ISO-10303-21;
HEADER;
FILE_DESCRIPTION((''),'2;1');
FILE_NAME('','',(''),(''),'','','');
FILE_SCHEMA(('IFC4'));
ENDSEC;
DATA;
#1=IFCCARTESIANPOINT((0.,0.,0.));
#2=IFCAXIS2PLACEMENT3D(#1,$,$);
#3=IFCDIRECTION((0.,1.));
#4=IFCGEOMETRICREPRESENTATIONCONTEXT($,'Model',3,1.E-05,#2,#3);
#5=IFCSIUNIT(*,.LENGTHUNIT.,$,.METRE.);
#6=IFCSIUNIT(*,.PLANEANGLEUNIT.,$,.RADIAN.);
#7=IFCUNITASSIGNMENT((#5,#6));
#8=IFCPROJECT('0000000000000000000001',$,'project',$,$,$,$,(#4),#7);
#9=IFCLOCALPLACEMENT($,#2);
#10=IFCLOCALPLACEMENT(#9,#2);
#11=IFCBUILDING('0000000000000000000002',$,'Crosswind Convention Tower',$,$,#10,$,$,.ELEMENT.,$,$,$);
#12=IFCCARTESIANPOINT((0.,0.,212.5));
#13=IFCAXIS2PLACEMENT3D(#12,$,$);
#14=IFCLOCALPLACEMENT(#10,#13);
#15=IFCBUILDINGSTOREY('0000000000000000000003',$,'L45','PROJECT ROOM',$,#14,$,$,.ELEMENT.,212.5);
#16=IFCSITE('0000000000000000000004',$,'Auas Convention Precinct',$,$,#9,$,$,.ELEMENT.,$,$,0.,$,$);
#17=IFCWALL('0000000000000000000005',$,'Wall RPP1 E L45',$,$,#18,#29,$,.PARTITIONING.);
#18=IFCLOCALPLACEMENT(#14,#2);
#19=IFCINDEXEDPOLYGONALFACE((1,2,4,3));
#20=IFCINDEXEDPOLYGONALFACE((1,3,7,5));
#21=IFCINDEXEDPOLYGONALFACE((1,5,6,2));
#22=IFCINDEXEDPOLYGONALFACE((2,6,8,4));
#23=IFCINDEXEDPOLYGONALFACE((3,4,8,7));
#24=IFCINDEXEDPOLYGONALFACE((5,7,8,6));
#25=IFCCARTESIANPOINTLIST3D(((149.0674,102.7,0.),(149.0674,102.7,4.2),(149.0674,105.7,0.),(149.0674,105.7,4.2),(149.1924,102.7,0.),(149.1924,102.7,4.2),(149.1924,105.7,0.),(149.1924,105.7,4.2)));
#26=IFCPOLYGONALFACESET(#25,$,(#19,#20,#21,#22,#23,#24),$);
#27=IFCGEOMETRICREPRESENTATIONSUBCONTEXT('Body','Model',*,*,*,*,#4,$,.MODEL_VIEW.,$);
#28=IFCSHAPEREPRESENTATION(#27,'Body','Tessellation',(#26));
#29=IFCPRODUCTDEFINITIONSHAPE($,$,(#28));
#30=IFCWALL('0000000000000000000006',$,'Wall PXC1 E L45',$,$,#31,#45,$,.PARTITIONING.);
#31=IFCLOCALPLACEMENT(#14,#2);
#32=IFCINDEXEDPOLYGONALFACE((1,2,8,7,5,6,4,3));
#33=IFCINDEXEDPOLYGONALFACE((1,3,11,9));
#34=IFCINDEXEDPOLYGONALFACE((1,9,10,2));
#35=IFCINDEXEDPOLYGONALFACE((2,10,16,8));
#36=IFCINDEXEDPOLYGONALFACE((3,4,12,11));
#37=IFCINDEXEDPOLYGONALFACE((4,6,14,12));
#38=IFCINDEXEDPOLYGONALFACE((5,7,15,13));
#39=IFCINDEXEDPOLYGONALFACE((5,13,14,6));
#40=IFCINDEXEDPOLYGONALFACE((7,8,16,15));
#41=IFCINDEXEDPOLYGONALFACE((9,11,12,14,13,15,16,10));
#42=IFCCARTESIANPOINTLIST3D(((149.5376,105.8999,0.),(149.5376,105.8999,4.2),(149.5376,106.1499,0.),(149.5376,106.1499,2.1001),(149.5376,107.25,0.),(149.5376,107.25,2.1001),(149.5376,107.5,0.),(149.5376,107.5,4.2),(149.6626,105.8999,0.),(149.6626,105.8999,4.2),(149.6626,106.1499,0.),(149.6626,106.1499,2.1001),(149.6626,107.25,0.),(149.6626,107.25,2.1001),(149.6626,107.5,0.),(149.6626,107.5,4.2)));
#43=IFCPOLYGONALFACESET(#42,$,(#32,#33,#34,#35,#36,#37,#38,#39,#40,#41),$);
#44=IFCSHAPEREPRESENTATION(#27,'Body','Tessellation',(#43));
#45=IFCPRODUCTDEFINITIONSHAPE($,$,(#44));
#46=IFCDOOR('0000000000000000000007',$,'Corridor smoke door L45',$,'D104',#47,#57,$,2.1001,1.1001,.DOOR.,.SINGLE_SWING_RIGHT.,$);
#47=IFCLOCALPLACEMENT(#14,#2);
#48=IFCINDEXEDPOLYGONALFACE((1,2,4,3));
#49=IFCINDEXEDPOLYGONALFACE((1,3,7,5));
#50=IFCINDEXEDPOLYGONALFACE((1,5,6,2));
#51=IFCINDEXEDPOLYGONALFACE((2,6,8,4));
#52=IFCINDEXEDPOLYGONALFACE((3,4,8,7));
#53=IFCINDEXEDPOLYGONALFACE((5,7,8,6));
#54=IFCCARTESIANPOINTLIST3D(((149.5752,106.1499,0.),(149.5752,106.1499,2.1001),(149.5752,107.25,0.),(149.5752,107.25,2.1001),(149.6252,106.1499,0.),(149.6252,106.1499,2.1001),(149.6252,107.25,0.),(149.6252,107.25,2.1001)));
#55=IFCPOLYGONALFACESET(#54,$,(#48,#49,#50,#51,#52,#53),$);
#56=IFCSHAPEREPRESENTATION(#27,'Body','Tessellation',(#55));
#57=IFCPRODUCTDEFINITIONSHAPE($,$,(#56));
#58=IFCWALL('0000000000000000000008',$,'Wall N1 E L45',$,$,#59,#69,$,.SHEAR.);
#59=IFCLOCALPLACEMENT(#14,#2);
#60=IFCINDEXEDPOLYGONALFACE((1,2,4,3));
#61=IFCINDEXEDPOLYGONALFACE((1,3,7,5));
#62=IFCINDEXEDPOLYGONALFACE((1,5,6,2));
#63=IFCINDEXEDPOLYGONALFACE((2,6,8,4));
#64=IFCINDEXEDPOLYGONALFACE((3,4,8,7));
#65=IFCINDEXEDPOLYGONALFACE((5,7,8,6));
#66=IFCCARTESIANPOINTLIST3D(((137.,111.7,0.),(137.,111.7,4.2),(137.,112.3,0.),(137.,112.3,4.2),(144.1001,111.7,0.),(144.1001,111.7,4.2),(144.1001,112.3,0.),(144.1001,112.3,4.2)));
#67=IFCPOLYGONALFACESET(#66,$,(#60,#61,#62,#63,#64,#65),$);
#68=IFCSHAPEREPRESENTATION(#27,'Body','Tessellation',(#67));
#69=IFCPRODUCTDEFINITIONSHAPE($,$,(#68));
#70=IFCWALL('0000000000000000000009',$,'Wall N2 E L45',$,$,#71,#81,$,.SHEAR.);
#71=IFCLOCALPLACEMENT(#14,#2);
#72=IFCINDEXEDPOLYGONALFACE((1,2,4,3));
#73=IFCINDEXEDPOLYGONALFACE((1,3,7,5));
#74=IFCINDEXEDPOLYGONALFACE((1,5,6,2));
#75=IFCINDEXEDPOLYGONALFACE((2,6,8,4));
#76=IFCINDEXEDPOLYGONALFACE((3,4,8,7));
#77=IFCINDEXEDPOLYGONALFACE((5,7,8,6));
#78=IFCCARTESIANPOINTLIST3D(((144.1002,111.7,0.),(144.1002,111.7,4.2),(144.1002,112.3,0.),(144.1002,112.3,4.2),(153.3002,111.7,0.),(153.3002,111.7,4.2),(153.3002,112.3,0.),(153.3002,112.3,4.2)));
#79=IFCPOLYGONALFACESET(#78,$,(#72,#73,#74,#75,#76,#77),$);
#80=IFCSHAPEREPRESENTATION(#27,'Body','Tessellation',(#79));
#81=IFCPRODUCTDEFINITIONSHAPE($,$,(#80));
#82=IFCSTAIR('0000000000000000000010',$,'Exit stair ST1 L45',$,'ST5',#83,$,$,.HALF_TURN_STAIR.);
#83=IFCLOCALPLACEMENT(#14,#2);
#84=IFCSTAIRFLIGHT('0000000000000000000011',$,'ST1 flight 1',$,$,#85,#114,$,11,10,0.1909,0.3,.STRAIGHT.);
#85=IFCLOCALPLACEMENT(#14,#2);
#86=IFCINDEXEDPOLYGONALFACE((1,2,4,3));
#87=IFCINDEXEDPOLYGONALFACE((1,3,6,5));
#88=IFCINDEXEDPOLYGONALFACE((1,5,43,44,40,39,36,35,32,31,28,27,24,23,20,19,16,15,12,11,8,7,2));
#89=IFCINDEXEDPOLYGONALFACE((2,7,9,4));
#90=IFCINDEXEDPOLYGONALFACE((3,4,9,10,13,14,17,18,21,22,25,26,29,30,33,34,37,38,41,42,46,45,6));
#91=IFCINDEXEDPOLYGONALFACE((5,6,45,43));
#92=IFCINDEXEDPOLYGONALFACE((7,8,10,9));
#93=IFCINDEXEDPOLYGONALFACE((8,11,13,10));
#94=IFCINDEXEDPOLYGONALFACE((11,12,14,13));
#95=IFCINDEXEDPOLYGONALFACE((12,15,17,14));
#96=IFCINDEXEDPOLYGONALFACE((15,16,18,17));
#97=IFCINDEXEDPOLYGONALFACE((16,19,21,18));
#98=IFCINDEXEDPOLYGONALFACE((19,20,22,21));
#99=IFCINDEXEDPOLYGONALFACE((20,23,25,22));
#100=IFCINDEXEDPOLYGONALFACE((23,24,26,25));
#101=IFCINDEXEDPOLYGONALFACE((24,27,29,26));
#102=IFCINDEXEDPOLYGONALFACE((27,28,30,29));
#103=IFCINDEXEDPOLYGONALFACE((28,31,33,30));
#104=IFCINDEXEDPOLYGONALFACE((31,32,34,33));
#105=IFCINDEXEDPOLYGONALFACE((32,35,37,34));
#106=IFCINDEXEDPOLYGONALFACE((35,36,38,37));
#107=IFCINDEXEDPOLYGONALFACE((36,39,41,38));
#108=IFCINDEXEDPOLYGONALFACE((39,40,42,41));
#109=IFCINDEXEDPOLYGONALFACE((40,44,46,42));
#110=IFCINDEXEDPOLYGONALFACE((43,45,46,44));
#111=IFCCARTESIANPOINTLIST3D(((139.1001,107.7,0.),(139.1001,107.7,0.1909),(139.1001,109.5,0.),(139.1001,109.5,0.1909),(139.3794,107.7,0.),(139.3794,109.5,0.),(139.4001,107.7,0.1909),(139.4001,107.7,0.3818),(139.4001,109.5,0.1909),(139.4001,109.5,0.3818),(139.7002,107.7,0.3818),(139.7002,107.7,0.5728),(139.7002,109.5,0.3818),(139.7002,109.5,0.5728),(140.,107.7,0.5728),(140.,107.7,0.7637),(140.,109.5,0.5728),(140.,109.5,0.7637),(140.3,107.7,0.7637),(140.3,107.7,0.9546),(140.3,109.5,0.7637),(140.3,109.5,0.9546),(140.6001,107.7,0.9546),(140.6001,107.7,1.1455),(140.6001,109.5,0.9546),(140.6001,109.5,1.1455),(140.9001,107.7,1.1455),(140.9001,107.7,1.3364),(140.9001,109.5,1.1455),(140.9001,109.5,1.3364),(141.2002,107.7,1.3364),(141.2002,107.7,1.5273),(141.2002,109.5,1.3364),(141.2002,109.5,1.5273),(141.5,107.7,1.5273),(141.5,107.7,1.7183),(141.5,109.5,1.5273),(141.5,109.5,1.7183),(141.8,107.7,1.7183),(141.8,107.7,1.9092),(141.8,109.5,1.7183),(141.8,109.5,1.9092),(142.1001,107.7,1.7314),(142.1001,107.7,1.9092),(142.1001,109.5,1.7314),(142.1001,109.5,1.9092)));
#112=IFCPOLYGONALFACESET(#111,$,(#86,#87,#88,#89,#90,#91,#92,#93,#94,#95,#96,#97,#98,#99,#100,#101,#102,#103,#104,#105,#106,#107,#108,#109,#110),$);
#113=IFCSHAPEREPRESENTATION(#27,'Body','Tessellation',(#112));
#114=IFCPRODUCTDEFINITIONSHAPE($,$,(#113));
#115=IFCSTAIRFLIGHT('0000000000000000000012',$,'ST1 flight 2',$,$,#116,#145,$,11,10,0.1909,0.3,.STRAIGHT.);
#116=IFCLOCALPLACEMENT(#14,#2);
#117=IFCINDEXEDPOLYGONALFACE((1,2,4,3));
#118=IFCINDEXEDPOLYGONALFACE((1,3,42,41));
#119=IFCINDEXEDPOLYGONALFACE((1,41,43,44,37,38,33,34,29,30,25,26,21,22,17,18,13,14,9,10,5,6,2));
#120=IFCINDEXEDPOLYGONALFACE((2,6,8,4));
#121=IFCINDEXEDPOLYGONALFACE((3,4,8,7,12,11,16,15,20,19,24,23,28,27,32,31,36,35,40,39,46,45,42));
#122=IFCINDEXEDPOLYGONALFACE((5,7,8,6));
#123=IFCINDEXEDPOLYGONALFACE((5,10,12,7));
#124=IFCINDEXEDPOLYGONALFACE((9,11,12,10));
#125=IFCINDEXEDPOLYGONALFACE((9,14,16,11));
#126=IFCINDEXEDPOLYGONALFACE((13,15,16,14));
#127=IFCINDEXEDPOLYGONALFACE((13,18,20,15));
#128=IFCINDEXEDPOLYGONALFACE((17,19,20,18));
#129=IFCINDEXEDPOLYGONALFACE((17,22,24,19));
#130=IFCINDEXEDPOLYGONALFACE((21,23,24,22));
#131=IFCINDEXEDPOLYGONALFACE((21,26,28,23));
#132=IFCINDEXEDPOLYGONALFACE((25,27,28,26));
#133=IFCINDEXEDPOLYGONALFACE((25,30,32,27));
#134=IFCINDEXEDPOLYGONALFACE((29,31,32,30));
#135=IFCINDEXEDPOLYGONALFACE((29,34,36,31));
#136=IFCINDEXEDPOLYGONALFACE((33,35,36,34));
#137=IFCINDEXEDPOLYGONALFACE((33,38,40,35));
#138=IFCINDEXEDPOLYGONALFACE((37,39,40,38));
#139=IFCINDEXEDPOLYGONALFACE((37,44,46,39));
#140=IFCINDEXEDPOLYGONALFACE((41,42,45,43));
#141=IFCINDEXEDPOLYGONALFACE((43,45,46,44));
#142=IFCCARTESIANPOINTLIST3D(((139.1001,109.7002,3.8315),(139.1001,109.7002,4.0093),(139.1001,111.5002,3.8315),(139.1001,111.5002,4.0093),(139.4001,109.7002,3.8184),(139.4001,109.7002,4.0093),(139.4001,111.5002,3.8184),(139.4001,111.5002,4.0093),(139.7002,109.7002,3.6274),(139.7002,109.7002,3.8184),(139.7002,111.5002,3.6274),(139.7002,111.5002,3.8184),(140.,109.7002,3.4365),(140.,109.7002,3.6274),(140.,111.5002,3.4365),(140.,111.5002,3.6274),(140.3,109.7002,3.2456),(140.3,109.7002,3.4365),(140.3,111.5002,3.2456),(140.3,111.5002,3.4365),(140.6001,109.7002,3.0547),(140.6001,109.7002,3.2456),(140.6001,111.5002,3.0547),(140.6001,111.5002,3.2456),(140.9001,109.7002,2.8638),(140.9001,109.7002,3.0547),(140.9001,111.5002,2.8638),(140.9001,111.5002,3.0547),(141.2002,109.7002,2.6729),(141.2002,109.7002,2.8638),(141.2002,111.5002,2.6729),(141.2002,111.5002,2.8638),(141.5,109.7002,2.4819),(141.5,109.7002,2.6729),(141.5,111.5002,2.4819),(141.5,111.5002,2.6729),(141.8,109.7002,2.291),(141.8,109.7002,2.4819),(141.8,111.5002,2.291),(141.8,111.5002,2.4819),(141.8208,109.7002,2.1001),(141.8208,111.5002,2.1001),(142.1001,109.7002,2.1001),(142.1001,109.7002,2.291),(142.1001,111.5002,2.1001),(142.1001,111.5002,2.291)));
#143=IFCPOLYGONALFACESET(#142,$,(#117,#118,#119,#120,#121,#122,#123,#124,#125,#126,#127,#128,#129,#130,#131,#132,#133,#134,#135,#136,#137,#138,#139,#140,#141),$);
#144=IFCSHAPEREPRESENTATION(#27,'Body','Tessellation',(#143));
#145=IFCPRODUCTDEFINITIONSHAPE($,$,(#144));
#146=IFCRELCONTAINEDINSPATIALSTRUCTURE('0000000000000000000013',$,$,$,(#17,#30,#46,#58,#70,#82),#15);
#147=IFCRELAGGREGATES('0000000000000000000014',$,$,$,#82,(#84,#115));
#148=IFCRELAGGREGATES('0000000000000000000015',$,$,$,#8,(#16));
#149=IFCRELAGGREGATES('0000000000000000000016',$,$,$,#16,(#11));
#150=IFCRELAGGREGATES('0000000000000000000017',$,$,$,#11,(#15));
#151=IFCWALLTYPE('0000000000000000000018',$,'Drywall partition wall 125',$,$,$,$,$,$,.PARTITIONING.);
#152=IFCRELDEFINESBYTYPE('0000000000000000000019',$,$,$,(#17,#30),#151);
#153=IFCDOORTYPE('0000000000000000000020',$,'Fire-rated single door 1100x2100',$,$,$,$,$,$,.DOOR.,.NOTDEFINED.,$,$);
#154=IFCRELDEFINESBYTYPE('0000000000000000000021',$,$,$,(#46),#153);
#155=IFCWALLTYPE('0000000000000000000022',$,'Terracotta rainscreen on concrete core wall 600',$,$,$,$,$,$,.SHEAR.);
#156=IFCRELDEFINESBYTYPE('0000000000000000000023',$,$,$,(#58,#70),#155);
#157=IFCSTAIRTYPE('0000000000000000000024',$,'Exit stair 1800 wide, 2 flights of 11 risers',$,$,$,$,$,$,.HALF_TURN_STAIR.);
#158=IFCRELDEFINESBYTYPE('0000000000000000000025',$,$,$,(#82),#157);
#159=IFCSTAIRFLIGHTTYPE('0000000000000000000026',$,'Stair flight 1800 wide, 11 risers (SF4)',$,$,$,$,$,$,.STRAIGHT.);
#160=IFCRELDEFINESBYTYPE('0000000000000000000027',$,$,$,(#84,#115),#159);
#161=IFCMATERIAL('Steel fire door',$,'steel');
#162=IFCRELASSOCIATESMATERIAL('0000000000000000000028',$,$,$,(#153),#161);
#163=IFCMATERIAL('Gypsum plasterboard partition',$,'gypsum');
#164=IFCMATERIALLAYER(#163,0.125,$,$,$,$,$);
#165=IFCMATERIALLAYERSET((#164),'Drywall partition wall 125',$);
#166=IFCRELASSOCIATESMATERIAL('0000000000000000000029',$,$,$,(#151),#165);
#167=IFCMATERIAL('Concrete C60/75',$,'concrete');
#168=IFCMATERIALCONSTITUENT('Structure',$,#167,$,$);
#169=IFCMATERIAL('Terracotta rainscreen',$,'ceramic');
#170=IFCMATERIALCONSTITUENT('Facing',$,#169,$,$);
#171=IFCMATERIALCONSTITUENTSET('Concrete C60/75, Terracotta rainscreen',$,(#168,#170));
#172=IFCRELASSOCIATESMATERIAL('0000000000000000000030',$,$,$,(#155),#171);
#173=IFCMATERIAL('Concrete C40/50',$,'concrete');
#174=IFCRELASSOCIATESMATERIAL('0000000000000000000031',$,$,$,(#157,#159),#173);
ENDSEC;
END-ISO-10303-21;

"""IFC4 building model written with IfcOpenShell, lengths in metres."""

from ifc_helpers import new_model, si_unit, direction, frame, frame_2d, origin, place, context, subcontext, project, spatial, polyline, rectangle, outline, extrude, material, layer, layer_set, constituent, constituent_set, type_object, element, fill, aggregate, save


model = new_model("IFC4")

# Units and contexts
model_context = context("Model", 3, precision=1e-05, world=origin(), true_north=direction((0.0, 1.0)))
body_context = subcontext(model_context, "Body", "Model", "MODEL_VIEW")
ifc_project = project(units=[si_unit("LENGTHUNIT", "METRE"), si_unit("PLANEANGLEUNIT", "RADIAN")], contexts=[model_context])

# Site, building, storey
site_placement = place(None, origin())
site = spatial("IfcSite", under=ifc_project, at=site_placement, Name="Auas Convention Precinct", CompositionType="ELEMENT", RefElevation=0.0)
building_placement = place(site_placement, origin())
building = spatial("IfcBuilding", under=site, at=building_placement, Name="Crosswind Convention Tower", CompositionType="ELEMENT")
storey_placement = place(building_placement, frame((0.0, 0.0, 212.5)))
storey = spatial("IfcBuildingStorey", under=building, at=storey_placement, Name="L45", Description="PROJECT ROOM", CompositionType="ELEMENT", Elevation=212.5)

# Shared definitions
ifc_material_1 = material(Name="Steel fire door", Category="steel")
door_type_1 = type_object("IfcDoorType", Name="Fire-rated single door 1100x2100", OperationType="NOTDEFINED", PredefinedType="DOOR", material=ifc_material_1)

# Wall
ifc_material_2 = material(Name="Gypsum plasterboard partition", Category="gypsum")
ifc_layer_1 = layer(ifc_material_2, 0.125)
ifc_layer_set_1 = layer_set([ifc_layer_1], Name="Drywall partition wall 125")
wall_type_1 = type_object("IfcWallType", Name="Drywall partition wall 125", PredefinedType="PARTITIONING", material=ifc_layer_set_1)
wall_1_placement = place(storey_placement, frame((149.1299, 102.7, 0.0), z_axis=(0.0, 0.0, 1.0), x_axis=(0.0, 1.0, 0.0)))
element("IfcWall", 1, at=wall_1_placement, inside=storey, type_object=wall_type_1, Name="Wall RPP1 E L45", PredefinedType="PARTITIONING", context=body_context, shape_type="SweptSolid", body=[
    extrude(rectangle(XDim=3.0, YDim=0.125, at=frame_2d((1.5, 0.0))), origin(), (0.0, 0.0, 1.0), 4.2),
])

# Wall, opening, door
wall_2_placement = place(storey_placement, frame((149.6001, 105.8999, 0.0), z_axis=(0.0, 0.0, 1.0), x_axis=(0.0, 1.0, 0.0)))
wall_2 = element("IfcWall", 2, at=wall_2_placement, inside=storey, type_object=wall_type_1, Name="Wall PXC1 E L45", PredefinedType="PARTITIONING", context=body_context, shape_type="SweptSolid", body=[
    extrude(rectangle(XDim=1.6001, YDim=0.125, at=frame_2d((0.8, 0.0))), origin(), (0.0, 0.0, 1.0), 4.2),
])
opening_1_placement = place(wall_2_placement, frame((0.25, 0.0, 0.0)))
opening_1 = element("IfcOpeningElement", 3, at=opening_1_placement, cuts=wall_2, PredefinedType="OPENING", context=body_context, shape_type="SweptSolid", body=[
    extrude(rectangle(XDim=1.1001, YDim=2.1001, at=frame_2d((0.55, 1.05))), frame((0.0, 0.0725, 0.0), z_axis=(0.0, -1.0, 0.0), x_axis=(1.0, 0.0, 0.0)), (0.0, 0.0, 1.0), 0.145),
])
door_1_placement = place(opening_1_placement, origin())
door_1 = element("IfcDoor", 4, at=door_1_placement, inside=storey, type_object=door_type_1, Name="Corridor smoke door L45", ObjectType="D104", OperationType="SINGLE_SWING_RIGHT", OverallHeight=2.1001, OverallWidth=1.1001, PredefinedType="DOOR", context=body_context, shape_type="SweptSolid", body=[
    extrude(rectangle(XDim=1.1001, YDim=2.1001, at=frame_2d((0.55, 1.05))), frame((0.0, 0.0249, 0.0), z_axis=(0.0, -1.0, 0.0), x_axis=(1.0, 0.0, 0.0)), (0.0, 0.0, 1.0), 0.05),
])
fill(opening_1, door_1)

# Walls
ifc_material_3 = material(Name="Concrete C60/75", Category="concrete")
ifc_constituent_1 = constituent(ifc_material_3, Name="Structure")
ifc_material_4 = material(Name="Terracotta rainscreen", Category="ceramic")
ifc_constituent_2 = constituent(ifc_material_4, Name="Facing")
ifc_constituent_set = constituent_set(constituents=[ifc_constituent_1, ifc_constituent_2], Name="Concrete C60/75, Terracotta rainscreen")
wall_type_2 = type_object("IfcWallType", Name="Terracotta rainscreen on concrete core wall 600", PredefinedType="SHEAR", material=ifc_constituent_set)
wall_3_placement = place(storey_placement, frame((137.0, 112.0, 0.0), z_axis=(0.0, 0.0, 1.0), x_axis=(1.0, 0.0, 0.0)))
element("IfcWall", 5, at=wall_3_placement, inside=storey, type_object=wall_type_2, Name="Wall N1 E L45", PredefinedType="SHEAR", context=body_context, shape_type="SweptSolid", body=[
    extrude(rectangle(XDim=7.1001, YDim=0.6001, at=frame_2d((3.55, 0.0))), origin(), (0.0, 0.0, 1.0), 4.2),
])
wall_4_placement = place(storey_placement, frame((144.1001, 112.0, 0.0), z_axis=(0.0, 0.0, 1.0), x_axis=(1.0, 0.0, 0.0)))
element("IfcWall", 6, at=wall_4_placement, inside=storey, type_object=wall_type_2, Name="Wall N2 E L45", PredefinedType="SHEAR", context=body_context, shape_type="SweptSolid", body=[
    extrude(rectangle(XDim=9.2, YDim=0.6001, at=frame_2d((4.6001, 0.0))), origin(), (0.0, 0.0, 1.0), 4.2),
])

# Stair, stair flights
ifc_material_5 = material(Name="Concrete C40/50", Category="concrete")
stair_type = type_object("IfcStairType", Name="Exit stair 1800 wide, 2 flights of 11 risers", PredefinedType="HALF_TURN_STAIR", material=ifc_material_5)
stair_placement = place(storey_placement, origin())
stair = element("IfcStair", 7, at=stair_placement, inside=storey, type_object=stair_type, Name="Exit stair ST1 L45", ObjectType="ST5", PredefinedType="HALF_TURN_STAIR")
stair_flight_type = type_object("IfcStairFlightType", Name="Stair flight 1800 wide, 11 risers (SF4)", PredefinedType="STRAIGHT", material=ifc_material_5)
stair_flight_1_placement = place(storey_placement, frame((139.1001, 108.6001, 0.0), z_axis=(0.0, 0.0, 1.0), x_axis=(1.0, 0.0, 0.0)))
stair_flight_1 = element("IfcStairFlight", 8, at=stair_flight_1_placement, type_object=stair_flight_type, Name="ST1 flight 1", NumberOfRisers=11, NumberOfTreads=10, PredefinedType="STRAIGHT", RiserHeight=0.1909, TreadLength=0.3, context=body_context, shape_type="SweptSolid", body=[
    extrude(outline(polyline([(0.0, 0.0), (0.0, 0.1909), (0.3, 0.1909), (0.3, 0.3818), (0.6001, 0.3818), (0.6001, 0.5728), (0.8999, 0.5728), (0.8999, 0.7637), (1.2, 0.7637), (1.2, 0.9546), (1.5, 0.9546), (1.5, 1.1455), (1.8, 1.1455), (1.8, 1.3364), (2.1001, 1.3364), (2.1001, 1.5273), (2.3999, 1.5273), (2.3999, 1.7183), (2.7, 1.7183), (2.7, 1.9092), (3.0, 1.9092), (3.0, 2.1001), (3.0, 1.7314), (0.2793, 0.0), (0.0, 0.0)])), frame((0.0, 0.8999, 0.0), z_axis=(0.0, -1.0, 0.0), x_axis=(1.0, 0.0, 0.0)), (0.0, 0.0, 1.0), 1.8),
])
stair_flight_2_placement = place(storey_placement, frame((142.1001, 110.6001, 2.1001), z_axis=(0.0, 0.0, 1.0), x_axis=(-1.0, 0.0, 0.0)))
stair_flight_2 = element("IfcStairFlight", 9, at=stair_flight_2_placement, type_object=stair_flight_type, Name="ST1 flight 2", NumberOfRisers=11, NumberOfTreads=10, PredefinedType="STRAIGHT", RiserHeight=0.1909, TreadLength=0.3, context=body_context, shape_type="SweptSolid", body=[
    extrude(outline(polyline([(0.0, 0.0), (0.0, 0.1909), (0.3, 0.1909), (0.3, 0.3818), (0.6001, 0.3818), (0.6001, 0.5728), (0.8999, 0.5728), (0.8999, 0.7637), (1.2, 0.7637), (1.2, 0.9546), (1.5, 0.9546), (1.5, 1.1455), (1.8, 1.1455), (1.8, 1.3364), (2.1001, 1.3364), (2.1001, 1.5273), (2.3999, 1.5273), (2.3999, 1.7183), (2.7, 1.7183), (2.7, 1.9092), (3.0, 1.9092), (3.0, 2.1001), (3.0, 1.7314), (0.2793, 0.0), (0.0, 0.0)])), frame((0.0, 0.8999, 0.0), z_axis=(0.0, -1.0, 0.0), x_axis=(1.0, 0.0, 0.0)), (0.0, 0.0, 1.0), 1.8),
])
aggregate(stair, [stair_flight_1, stair_flight_2])

save(model, "model.ifc")
